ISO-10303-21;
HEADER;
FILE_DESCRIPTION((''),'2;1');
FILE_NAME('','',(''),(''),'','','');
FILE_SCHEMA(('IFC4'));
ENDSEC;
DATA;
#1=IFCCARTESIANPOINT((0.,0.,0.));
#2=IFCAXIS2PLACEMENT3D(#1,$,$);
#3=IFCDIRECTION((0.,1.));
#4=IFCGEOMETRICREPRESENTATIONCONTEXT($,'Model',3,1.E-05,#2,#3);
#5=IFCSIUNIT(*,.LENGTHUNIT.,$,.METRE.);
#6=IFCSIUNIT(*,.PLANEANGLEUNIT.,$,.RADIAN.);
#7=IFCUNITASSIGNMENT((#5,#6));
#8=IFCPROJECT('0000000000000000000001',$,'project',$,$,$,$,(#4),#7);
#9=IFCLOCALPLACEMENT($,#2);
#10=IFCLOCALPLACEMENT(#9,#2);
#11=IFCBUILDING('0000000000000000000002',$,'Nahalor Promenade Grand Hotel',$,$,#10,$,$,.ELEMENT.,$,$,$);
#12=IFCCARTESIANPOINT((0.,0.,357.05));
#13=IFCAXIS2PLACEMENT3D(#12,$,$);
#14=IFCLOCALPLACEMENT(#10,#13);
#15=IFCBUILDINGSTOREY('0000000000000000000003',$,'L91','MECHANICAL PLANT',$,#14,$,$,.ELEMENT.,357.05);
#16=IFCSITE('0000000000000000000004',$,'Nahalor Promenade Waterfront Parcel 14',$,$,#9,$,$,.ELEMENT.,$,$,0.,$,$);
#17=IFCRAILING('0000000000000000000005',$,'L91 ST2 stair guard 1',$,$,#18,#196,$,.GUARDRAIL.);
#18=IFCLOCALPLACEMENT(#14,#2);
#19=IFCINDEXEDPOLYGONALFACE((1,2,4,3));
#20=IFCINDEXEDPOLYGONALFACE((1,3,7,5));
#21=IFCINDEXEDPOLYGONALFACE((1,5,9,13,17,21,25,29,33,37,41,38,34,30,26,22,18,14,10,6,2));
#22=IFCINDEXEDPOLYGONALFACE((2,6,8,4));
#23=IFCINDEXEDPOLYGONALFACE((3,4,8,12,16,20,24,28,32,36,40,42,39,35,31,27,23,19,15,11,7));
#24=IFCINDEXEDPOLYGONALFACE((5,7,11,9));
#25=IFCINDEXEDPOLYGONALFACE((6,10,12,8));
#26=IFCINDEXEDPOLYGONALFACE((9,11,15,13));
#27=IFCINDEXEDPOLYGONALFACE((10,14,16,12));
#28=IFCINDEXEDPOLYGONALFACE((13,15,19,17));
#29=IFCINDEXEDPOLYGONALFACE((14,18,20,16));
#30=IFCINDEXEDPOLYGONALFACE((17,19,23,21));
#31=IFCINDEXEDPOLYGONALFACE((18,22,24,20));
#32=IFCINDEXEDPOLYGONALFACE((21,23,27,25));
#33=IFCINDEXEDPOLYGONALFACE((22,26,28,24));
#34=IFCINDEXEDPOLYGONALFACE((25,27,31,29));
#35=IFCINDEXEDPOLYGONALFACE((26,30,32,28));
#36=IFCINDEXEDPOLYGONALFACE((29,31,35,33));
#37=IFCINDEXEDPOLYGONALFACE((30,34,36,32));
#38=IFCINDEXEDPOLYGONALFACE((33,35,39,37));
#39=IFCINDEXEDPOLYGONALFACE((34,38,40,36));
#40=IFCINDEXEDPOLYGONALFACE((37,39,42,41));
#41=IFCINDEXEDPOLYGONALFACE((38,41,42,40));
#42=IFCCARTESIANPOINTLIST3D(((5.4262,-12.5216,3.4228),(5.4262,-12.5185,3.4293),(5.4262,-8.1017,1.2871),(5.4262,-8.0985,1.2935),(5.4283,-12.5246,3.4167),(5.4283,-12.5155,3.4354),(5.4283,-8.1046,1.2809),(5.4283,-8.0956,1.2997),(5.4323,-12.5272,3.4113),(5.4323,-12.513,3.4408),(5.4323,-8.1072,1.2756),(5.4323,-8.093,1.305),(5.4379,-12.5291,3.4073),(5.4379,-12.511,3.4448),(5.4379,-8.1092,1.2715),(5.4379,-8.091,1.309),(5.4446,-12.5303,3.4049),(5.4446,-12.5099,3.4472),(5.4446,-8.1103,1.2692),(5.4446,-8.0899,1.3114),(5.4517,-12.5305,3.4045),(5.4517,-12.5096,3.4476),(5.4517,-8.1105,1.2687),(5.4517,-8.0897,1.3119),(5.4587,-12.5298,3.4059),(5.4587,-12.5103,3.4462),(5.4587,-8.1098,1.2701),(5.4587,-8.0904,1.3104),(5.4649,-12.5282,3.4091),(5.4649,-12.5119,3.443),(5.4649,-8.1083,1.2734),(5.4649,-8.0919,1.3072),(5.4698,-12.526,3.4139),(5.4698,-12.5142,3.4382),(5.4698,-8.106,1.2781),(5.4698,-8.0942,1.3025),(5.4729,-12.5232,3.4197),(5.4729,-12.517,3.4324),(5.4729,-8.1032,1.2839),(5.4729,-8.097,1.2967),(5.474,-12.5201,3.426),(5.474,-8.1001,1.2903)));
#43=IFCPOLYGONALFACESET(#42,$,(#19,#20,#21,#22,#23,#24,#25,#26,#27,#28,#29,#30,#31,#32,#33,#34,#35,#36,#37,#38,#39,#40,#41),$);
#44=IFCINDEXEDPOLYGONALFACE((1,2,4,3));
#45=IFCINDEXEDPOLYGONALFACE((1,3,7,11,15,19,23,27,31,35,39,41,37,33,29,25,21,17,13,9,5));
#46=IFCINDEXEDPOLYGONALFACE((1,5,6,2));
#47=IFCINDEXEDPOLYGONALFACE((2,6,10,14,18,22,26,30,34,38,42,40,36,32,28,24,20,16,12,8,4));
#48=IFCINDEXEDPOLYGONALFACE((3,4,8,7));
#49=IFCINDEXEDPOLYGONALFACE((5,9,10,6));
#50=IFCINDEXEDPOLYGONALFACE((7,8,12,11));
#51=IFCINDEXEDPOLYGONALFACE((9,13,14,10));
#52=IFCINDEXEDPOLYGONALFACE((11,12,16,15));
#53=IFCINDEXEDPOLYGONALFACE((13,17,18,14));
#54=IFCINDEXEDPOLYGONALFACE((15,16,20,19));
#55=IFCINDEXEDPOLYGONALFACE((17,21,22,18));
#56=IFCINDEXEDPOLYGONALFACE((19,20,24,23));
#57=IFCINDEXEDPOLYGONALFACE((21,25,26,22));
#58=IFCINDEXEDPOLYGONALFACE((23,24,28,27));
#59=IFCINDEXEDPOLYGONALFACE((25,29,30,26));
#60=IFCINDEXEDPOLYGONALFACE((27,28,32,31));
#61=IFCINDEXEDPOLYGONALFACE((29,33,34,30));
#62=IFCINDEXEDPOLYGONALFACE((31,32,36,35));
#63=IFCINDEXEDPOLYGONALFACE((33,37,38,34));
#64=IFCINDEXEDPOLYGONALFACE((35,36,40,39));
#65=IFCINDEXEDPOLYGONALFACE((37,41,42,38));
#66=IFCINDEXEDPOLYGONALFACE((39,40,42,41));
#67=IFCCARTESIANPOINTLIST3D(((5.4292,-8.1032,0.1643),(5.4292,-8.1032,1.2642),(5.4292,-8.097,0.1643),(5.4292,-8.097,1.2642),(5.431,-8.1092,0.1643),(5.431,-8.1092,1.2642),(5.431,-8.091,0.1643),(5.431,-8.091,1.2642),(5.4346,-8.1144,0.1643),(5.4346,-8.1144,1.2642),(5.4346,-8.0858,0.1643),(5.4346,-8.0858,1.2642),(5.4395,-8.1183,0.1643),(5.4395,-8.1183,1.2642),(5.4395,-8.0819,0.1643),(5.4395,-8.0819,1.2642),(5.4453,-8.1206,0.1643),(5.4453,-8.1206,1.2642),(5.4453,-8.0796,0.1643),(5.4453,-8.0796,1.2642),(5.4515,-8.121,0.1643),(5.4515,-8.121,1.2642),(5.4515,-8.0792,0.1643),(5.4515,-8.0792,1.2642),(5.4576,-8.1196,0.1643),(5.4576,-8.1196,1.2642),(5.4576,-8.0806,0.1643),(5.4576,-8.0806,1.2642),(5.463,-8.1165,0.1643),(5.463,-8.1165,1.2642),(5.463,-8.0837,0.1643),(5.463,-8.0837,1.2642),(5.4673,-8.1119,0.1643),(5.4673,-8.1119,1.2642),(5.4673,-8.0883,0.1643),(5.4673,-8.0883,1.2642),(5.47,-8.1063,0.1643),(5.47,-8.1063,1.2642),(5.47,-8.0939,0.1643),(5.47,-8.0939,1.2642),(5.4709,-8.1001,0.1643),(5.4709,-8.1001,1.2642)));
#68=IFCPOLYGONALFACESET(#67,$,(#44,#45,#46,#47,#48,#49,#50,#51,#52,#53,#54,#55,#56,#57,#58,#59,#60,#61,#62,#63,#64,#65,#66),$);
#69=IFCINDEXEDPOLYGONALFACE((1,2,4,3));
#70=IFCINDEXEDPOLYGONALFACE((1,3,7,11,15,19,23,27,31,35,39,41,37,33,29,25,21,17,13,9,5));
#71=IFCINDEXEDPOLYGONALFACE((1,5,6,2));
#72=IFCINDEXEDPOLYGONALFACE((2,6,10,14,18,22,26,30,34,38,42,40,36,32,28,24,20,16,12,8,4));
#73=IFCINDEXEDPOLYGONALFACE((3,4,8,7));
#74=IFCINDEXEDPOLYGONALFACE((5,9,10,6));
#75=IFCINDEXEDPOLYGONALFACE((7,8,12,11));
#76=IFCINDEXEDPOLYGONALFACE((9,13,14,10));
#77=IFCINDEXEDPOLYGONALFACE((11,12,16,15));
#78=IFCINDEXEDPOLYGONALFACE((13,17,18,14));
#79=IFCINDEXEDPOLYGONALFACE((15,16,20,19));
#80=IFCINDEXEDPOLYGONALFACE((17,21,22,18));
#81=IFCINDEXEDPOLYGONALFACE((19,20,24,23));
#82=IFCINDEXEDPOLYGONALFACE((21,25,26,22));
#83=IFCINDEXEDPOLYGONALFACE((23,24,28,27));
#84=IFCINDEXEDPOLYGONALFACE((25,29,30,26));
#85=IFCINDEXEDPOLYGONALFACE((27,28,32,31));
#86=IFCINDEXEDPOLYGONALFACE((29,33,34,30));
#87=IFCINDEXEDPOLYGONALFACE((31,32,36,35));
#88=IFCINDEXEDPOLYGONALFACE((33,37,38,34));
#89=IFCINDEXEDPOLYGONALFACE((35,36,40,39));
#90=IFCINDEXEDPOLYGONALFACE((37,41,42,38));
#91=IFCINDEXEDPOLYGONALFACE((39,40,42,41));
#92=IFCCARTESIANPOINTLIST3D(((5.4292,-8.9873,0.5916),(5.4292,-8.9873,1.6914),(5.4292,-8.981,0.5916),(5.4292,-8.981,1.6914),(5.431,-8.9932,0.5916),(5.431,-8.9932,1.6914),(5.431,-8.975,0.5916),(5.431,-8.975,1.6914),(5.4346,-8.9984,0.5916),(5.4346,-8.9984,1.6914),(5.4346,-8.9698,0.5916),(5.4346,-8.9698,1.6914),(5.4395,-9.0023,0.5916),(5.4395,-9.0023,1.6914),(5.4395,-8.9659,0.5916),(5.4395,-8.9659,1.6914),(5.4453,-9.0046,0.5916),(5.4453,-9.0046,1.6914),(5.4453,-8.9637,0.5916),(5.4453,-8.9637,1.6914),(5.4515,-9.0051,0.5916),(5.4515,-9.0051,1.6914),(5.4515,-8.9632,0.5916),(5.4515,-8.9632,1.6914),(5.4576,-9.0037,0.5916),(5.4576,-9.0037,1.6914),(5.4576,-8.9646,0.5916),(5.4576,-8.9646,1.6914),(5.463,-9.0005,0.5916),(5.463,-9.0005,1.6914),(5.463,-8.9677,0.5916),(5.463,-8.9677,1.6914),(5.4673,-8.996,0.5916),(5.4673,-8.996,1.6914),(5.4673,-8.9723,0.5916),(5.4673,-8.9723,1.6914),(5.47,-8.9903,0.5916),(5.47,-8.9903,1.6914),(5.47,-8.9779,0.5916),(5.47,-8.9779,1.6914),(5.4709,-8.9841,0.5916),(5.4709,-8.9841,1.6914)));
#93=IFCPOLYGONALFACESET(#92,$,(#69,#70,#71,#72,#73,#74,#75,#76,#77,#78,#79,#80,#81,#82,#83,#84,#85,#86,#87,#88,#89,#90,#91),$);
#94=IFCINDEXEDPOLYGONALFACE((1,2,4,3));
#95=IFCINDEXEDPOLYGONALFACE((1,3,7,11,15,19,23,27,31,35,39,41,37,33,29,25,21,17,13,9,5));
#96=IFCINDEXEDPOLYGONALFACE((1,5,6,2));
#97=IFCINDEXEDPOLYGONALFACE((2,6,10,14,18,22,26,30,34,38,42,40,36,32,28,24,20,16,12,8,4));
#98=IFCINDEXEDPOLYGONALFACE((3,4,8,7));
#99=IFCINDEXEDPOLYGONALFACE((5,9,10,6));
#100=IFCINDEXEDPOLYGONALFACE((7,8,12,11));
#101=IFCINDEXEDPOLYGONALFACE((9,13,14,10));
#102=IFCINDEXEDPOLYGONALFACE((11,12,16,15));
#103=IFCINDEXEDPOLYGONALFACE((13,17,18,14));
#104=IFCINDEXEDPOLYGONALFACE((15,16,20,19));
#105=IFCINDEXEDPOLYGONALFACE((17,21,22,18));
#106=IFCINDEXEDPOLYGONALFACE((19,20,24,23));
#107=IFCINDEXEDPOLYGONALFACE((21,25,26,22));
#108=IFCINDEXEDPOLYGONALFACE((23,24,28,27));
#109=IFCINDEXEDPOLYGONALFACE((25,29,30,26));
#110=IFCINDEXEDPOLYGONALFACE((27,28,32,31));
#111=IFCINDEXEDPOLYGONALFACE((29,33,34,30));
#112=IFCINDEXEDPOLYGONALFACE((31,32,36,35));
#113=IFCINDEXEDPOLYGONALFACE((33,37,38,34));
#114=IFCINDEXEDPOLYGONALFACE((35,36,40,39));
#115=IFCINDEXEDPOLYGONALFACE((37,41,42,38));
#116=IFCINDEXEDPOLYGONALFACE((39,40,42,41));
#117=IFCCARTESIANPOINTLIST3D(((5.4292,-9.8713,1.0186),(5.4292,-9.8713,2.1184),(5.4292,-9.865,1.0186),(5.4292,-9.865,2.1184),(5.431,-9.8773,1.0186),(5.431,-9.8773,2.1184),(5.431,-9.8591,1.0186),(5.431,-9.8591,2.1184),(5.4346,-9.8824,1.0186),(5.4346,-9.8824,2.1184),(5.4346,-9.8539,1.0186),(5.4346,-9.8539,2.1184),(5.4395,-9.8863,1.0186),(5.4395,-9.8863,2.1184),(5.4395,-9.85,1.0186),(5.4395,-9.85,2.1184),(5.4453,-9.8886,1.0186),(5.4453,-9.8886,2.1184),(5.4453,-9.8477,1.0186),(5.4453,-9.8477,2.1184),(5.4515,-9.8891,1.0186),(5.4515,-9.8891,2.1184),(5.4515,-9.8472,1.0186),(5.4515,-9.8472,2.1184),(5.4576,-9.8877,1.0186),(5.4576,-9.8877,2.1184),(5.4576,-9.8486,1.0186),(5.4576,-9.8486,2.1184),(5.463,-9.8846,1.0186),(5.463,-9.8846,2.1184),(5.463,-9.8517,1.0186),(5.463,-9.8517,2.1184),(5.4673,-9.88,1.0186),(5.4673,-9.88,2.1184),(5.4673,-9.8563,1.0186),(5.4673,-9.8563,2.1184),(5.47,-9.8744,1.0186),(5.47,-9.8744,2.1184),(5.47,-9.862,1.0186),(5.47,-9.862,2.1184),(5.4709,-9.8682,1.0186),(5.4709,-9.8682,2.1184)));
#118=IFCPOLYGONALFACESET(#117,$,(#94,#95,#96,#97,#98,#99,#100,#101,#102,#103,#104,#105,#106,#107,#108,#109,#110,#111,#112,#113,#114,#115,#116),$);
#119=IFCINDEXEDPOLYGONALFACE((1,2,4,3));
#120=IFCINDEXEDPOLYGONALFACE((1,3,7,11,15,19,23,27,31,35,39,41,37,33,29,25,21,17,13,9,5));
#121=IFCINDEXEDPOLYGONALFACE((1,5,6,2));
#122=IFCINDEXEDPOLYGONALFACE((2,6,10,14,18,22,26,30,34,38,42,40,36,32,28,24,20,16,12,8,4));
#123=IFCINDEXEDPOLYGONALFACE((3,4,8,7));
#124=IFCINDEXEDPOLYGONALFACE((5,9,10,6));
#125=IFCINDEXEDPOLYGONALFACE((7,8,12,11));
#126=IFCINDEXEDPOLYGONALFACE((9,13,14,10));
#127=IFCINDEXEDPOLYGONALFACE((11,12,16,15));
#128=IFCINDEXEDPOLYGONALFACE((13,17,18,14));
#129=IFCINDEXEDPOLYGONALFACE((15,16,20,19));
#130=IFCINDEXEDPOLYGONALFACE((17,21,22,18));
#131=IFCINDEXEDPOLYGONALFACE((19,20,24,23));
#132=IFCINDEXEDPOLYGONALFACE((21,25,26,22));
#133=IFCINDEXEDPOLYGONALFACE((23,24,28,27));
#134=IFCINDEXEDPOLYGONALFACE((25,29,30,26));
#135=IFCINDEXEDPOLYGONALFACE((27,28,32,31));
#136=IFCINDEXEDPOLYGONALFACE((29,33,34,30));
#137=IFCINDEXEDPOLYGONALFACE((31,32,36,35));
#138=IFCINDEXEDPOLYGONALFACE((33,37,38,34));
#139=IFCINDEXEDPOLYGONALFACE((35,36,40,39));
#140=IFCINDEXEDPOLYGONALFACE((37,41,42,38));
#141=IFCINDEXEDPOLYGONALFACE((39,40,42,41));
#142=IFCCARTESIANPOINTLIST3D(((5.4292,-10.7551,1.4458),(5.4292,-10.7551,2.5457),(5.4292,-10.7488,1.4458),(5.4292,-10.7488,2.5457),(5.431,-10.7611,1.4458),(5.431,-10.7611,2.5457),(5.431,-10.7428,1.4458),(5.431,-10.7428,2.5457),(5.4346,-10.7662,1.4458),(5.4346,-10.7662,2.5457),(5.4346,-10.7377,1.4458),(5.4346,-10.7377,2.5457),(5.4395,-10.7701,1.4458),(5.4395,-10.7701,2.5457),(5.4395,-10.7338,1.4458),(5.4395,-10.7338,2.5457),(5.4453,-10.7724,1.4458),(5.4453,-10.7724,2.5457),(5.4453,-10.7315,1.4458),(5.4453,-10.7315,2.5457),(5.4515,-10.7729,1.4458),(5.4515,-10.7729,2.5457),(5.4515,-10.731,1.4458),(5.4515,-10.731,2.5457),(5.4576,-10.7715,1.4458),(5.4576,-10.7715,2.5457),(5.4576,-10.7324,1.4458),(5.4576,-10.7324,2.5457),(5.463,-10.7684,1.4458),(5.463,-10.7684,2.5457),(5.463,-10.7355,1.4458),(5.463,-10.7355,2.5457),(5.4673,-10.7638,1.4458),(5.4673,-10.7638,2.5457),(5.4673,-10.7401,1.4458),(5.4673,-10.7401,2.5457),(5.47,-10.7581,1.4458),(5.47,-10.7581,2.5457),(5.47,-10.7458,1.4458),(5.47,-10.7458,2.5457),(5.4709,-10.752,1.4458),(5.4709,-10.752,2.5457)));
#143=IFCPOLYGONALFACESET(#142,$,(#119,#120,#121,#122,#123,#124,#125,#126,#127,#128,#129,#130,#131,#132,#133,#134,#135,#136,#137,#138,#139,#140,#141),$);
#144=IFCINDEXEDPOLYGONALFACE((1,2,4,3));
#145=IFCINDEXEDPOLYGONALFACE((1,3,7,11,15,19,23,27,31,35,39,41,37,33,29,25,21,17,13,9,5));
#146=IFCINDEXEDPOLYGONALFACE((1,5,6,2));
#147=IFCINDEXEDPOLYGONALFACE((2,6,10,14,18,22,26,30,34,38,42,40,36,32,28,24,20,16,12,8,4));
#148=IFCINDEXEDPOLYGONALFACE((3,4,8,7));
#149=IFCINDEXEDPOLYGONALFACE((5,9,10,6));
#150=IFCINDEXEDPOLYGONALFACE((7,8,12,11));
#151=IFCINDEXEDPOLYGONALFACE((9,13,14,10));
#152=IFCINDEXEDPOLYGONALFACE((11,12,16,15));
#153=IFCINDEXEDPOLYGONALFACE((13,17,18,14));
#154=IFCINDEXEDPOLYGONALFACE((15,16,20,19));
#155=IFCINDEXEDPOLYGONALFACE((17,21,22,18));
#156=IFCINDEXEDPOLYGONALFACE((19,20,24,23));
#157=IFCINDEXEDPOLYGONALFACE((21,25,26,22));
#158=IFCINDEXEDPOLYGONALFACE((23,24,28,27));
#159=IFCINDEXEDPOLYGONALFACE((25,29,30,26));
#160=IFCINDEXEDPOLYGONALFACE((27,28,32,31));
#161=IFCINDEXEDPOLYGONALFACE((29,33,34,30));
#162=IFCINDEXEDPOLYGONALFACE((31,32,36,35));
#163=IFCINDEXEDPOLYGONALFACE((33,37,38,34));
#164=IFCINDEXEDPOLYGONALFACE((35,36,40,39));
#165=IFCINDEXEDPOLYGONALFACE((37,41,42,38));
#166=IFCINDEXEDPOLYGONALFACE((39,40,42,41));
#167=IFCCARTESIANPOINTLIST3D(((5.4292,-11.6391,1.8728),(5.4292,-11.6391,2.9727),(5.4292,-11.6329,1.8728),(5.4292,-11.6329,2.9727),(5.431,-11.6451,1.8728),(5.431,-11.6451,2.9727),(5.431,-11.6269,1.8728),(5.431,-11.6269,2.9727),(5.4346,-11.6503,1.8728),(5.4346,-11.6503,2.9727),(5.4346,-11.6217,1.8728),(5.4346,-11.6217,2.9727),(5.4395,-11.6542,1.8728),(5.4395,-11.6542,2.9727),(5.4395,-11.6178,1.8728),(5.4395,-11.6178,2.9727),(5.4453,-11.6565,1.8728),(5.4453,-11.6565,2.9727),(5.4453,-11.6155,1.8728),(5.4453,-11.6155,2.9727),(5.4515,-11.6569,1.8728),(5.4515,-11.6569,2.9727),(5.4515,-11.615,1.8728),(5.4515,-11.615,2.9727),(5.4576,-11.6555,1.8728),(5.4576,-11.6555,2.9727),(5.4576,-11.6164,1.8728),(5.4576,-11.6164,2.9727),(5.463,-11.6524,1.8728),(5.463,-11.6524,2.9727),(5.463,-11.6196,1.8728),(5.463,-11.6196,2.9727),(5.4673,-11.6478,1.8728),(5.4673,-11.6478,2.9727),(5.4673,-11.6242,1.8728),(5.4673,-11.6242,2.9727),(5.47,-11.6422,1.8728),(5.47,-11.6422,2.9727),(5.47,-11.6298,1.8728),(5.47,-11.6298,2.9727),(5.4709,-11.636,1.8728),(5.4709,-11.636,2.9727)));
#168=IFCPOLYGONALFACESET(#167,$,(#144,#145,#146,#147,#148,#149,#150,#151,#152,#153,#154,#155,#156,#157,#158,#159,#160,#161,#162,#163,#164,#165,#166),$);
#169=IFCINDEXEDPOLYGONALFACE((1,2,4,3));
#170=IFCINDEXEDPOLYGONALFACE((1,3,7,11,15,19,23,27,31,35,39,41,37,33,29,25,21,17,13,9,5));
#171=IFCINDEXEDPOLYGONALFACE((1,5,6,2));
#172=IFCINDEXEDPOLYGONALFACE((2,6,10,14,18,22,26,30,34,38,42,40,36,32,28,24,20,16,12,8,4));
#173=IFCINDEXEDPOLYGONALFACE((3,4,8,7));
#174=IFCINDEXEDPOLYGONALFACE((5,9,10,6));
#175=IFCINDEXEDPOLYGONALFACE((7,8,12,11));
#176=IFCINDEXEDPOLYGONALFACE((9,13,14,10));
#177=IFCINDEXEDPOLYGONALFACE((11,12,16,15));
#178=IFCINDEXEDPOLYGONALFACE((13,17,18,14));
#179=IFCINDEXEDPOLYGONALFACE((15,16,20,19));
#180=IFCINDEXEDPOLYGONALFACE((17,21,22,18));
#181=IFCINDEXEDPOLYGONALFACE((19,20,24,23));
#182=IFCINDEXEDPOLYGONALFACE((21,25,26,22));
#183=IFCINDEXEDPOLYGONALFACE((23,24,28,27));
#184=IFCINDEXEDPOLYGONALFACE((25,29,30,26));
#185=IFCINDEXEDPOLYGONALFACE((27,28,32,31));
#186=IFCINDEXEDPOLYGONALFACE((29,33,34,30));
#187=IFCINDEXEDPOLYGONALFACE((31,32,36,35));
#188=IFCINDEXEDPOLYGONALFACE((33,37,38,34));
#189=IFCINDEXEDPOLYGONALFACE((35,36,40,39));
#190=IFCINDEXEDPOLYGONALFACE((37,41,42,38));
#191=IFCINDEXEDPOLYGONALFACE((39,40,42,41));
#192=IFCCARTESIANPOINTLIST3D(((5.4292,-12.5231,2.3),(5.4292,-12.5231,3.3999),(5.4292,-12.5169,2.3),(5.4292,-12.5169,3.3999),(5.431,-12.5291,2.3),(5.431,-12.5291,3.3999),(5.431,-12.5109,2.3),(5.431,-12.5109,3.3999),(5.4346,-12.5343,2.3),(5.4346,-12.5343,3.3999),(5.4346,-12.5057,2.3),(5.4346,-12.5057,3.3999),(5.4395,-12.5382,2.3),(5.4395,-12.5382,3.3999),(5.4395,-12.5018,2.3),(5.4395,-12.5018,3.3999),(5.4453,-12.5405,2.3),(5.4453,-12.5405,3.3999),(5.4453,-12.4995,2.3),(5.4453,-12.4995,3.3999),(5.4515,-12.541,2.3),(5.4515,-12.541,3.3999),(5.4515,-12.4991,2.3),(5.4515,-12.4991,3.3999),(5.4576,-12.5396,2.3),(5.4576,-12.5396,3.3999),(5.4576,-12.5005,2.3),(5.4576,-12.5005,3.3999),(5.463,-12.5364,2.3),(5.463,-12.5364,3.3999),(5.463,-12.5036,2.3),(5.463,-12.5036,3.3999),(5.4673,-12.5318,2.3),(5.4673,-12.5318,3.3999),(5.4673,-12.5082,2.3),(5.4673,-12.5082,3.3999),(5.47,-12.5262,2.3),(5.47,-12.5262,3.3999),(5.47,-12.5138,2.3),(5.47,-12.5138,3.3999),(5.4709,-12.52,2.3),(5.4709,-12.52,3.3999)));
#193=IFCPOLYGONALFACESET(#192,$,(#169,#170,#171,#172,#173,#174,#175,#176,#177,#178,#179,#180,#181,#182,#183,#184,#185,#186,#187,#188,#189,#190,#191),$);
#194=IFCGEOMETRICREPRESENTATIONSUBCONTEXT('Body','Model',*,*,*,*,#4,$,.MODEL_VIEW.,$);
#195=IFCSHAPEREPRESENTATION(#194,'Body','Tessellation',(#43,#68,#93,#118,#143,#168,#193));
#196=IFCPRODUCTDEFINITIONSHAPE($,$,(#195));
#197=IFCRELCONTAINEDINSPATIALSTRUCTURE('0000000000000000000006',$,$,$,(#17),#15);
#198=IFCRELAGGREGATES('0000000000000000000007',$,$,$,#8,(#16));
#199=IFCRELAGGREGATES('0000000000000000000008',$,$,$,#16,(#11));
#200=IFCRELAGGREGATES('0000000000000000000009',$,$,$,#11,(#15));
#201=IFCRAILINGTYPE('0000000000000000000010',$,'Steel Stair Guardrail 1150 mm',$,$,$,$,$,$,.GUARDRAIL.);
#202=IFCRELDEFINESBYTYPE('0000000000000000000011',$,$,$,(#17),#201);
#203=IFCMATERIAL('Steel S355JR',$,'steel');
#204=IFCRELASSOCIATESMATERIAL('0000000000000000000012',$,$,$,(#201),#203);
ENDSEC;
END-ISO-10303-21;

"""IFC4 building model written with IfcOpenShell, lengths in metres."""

from ifc_helpers import new_model, si_unit, direction, frame, origin, origin_2d, place, context, subcontext, project, spatial, circle, extrude, material, type_object, element, save


model = new_model("IFC4")

# Units and contexts
model_context = context("Model", 3, precision=1e-05, world=origin(), true_north=direction((0.0, 1.0)))
body_context = subcontext(model_context, "Body", "Model", "MODEL_VIEW")
ifc_project = project(units=[si_unit("LENGTHUNIT", "METRE"), si_unit("PLANEANGLEUNIT", "RADIAN")], contexts=[model_context])

# Site, building, storey
site_placement = place(None, origin())
site = spatial("IfcSite", under=ifc_project, at=site_placement, Name="Nahalor Promenade Waterfront Parcel 14", CompositionType="ELEMENT", RefElevation=0.0)
building_placement = place(site_placement, origin())
building = spatial("IfcBuilding", under=site, at=building_placement, Name="Nahalor Promenade Grand Hotel", CompositionType="ELEMENT")
storey_placement = place(building_placement, frame((0.0, 0.0, 357.05)))
storey = spatial("IfcBuildingStorey", under=building, at=storey_placement, Name="L91", Description="MECHANICAL PLANT", CompositionType="ELEMENT", Elevation=357.05)

# Shared definitions
ifc_material_1 = material(Name="Steel S355JR", Category="steel")

# Railing
railing_type_1 = type_object("IfcRailingType", Name="Steel Stair Guardrail 1150 mm", PredefinedType="GUARDRAIL", material=ifc_material_1)
railing_1_placement = place(storey_placement, frame((5.45, -8.1001, 0.1643)))
element("IfcRailing", 1, at=railing_1_placement, inside=storey, type_object=railing_type_1, Name="L91 ST2 stair guard 1", PredefinedType="GUARDRAIL", context=body_context, shape_type="SweptSolid", body=[
    extrude(circle(Radius=0.024, at=origin_2d()), frame((0.0, 0.0, 1.126), z_axis=(0.0, -0.900393, 0.435077), x_axis=(1.0, 0.0, 0.0)), (0.0, 0.0, 1.0), 4.9089),
    extrude(circle(Radius=0.021, at=origin_2d()), origin(), (0.0, 0.0, 1.0), 1.0999),
    extrude(circle(Radius=0.021, at=origin_2d()), frame((0.0, -0.884, 0.4272)), (0.0, 0.0, 1.0), 1.0999),
    extrude(circle(Radius=0.021, at=origin_2d()), frame((0.0, -1.7681, 0.8542)), (0.0, 0.0, 1.0), 1.0999),
    extrude(circle(Radius=0.021, at=origin_2d()), frame((0.0, -2.6519, 1.2815)), (0.0, 0.0, 1.0), 1.0999),
    extrude(circle(Radius=0.021, at=origin_2d()), frame((0.0, -3.5359, 1.7085)), (0.0, 0.0, 1.0), 1.0999),
    extrude(circle(Radius=0.021, at=origin_2d()), frame((0.0, -4.4199, 2.1357)), (0.0, 0.0, 1.0), 1.0999),
])

save(model, "model.ifc")
